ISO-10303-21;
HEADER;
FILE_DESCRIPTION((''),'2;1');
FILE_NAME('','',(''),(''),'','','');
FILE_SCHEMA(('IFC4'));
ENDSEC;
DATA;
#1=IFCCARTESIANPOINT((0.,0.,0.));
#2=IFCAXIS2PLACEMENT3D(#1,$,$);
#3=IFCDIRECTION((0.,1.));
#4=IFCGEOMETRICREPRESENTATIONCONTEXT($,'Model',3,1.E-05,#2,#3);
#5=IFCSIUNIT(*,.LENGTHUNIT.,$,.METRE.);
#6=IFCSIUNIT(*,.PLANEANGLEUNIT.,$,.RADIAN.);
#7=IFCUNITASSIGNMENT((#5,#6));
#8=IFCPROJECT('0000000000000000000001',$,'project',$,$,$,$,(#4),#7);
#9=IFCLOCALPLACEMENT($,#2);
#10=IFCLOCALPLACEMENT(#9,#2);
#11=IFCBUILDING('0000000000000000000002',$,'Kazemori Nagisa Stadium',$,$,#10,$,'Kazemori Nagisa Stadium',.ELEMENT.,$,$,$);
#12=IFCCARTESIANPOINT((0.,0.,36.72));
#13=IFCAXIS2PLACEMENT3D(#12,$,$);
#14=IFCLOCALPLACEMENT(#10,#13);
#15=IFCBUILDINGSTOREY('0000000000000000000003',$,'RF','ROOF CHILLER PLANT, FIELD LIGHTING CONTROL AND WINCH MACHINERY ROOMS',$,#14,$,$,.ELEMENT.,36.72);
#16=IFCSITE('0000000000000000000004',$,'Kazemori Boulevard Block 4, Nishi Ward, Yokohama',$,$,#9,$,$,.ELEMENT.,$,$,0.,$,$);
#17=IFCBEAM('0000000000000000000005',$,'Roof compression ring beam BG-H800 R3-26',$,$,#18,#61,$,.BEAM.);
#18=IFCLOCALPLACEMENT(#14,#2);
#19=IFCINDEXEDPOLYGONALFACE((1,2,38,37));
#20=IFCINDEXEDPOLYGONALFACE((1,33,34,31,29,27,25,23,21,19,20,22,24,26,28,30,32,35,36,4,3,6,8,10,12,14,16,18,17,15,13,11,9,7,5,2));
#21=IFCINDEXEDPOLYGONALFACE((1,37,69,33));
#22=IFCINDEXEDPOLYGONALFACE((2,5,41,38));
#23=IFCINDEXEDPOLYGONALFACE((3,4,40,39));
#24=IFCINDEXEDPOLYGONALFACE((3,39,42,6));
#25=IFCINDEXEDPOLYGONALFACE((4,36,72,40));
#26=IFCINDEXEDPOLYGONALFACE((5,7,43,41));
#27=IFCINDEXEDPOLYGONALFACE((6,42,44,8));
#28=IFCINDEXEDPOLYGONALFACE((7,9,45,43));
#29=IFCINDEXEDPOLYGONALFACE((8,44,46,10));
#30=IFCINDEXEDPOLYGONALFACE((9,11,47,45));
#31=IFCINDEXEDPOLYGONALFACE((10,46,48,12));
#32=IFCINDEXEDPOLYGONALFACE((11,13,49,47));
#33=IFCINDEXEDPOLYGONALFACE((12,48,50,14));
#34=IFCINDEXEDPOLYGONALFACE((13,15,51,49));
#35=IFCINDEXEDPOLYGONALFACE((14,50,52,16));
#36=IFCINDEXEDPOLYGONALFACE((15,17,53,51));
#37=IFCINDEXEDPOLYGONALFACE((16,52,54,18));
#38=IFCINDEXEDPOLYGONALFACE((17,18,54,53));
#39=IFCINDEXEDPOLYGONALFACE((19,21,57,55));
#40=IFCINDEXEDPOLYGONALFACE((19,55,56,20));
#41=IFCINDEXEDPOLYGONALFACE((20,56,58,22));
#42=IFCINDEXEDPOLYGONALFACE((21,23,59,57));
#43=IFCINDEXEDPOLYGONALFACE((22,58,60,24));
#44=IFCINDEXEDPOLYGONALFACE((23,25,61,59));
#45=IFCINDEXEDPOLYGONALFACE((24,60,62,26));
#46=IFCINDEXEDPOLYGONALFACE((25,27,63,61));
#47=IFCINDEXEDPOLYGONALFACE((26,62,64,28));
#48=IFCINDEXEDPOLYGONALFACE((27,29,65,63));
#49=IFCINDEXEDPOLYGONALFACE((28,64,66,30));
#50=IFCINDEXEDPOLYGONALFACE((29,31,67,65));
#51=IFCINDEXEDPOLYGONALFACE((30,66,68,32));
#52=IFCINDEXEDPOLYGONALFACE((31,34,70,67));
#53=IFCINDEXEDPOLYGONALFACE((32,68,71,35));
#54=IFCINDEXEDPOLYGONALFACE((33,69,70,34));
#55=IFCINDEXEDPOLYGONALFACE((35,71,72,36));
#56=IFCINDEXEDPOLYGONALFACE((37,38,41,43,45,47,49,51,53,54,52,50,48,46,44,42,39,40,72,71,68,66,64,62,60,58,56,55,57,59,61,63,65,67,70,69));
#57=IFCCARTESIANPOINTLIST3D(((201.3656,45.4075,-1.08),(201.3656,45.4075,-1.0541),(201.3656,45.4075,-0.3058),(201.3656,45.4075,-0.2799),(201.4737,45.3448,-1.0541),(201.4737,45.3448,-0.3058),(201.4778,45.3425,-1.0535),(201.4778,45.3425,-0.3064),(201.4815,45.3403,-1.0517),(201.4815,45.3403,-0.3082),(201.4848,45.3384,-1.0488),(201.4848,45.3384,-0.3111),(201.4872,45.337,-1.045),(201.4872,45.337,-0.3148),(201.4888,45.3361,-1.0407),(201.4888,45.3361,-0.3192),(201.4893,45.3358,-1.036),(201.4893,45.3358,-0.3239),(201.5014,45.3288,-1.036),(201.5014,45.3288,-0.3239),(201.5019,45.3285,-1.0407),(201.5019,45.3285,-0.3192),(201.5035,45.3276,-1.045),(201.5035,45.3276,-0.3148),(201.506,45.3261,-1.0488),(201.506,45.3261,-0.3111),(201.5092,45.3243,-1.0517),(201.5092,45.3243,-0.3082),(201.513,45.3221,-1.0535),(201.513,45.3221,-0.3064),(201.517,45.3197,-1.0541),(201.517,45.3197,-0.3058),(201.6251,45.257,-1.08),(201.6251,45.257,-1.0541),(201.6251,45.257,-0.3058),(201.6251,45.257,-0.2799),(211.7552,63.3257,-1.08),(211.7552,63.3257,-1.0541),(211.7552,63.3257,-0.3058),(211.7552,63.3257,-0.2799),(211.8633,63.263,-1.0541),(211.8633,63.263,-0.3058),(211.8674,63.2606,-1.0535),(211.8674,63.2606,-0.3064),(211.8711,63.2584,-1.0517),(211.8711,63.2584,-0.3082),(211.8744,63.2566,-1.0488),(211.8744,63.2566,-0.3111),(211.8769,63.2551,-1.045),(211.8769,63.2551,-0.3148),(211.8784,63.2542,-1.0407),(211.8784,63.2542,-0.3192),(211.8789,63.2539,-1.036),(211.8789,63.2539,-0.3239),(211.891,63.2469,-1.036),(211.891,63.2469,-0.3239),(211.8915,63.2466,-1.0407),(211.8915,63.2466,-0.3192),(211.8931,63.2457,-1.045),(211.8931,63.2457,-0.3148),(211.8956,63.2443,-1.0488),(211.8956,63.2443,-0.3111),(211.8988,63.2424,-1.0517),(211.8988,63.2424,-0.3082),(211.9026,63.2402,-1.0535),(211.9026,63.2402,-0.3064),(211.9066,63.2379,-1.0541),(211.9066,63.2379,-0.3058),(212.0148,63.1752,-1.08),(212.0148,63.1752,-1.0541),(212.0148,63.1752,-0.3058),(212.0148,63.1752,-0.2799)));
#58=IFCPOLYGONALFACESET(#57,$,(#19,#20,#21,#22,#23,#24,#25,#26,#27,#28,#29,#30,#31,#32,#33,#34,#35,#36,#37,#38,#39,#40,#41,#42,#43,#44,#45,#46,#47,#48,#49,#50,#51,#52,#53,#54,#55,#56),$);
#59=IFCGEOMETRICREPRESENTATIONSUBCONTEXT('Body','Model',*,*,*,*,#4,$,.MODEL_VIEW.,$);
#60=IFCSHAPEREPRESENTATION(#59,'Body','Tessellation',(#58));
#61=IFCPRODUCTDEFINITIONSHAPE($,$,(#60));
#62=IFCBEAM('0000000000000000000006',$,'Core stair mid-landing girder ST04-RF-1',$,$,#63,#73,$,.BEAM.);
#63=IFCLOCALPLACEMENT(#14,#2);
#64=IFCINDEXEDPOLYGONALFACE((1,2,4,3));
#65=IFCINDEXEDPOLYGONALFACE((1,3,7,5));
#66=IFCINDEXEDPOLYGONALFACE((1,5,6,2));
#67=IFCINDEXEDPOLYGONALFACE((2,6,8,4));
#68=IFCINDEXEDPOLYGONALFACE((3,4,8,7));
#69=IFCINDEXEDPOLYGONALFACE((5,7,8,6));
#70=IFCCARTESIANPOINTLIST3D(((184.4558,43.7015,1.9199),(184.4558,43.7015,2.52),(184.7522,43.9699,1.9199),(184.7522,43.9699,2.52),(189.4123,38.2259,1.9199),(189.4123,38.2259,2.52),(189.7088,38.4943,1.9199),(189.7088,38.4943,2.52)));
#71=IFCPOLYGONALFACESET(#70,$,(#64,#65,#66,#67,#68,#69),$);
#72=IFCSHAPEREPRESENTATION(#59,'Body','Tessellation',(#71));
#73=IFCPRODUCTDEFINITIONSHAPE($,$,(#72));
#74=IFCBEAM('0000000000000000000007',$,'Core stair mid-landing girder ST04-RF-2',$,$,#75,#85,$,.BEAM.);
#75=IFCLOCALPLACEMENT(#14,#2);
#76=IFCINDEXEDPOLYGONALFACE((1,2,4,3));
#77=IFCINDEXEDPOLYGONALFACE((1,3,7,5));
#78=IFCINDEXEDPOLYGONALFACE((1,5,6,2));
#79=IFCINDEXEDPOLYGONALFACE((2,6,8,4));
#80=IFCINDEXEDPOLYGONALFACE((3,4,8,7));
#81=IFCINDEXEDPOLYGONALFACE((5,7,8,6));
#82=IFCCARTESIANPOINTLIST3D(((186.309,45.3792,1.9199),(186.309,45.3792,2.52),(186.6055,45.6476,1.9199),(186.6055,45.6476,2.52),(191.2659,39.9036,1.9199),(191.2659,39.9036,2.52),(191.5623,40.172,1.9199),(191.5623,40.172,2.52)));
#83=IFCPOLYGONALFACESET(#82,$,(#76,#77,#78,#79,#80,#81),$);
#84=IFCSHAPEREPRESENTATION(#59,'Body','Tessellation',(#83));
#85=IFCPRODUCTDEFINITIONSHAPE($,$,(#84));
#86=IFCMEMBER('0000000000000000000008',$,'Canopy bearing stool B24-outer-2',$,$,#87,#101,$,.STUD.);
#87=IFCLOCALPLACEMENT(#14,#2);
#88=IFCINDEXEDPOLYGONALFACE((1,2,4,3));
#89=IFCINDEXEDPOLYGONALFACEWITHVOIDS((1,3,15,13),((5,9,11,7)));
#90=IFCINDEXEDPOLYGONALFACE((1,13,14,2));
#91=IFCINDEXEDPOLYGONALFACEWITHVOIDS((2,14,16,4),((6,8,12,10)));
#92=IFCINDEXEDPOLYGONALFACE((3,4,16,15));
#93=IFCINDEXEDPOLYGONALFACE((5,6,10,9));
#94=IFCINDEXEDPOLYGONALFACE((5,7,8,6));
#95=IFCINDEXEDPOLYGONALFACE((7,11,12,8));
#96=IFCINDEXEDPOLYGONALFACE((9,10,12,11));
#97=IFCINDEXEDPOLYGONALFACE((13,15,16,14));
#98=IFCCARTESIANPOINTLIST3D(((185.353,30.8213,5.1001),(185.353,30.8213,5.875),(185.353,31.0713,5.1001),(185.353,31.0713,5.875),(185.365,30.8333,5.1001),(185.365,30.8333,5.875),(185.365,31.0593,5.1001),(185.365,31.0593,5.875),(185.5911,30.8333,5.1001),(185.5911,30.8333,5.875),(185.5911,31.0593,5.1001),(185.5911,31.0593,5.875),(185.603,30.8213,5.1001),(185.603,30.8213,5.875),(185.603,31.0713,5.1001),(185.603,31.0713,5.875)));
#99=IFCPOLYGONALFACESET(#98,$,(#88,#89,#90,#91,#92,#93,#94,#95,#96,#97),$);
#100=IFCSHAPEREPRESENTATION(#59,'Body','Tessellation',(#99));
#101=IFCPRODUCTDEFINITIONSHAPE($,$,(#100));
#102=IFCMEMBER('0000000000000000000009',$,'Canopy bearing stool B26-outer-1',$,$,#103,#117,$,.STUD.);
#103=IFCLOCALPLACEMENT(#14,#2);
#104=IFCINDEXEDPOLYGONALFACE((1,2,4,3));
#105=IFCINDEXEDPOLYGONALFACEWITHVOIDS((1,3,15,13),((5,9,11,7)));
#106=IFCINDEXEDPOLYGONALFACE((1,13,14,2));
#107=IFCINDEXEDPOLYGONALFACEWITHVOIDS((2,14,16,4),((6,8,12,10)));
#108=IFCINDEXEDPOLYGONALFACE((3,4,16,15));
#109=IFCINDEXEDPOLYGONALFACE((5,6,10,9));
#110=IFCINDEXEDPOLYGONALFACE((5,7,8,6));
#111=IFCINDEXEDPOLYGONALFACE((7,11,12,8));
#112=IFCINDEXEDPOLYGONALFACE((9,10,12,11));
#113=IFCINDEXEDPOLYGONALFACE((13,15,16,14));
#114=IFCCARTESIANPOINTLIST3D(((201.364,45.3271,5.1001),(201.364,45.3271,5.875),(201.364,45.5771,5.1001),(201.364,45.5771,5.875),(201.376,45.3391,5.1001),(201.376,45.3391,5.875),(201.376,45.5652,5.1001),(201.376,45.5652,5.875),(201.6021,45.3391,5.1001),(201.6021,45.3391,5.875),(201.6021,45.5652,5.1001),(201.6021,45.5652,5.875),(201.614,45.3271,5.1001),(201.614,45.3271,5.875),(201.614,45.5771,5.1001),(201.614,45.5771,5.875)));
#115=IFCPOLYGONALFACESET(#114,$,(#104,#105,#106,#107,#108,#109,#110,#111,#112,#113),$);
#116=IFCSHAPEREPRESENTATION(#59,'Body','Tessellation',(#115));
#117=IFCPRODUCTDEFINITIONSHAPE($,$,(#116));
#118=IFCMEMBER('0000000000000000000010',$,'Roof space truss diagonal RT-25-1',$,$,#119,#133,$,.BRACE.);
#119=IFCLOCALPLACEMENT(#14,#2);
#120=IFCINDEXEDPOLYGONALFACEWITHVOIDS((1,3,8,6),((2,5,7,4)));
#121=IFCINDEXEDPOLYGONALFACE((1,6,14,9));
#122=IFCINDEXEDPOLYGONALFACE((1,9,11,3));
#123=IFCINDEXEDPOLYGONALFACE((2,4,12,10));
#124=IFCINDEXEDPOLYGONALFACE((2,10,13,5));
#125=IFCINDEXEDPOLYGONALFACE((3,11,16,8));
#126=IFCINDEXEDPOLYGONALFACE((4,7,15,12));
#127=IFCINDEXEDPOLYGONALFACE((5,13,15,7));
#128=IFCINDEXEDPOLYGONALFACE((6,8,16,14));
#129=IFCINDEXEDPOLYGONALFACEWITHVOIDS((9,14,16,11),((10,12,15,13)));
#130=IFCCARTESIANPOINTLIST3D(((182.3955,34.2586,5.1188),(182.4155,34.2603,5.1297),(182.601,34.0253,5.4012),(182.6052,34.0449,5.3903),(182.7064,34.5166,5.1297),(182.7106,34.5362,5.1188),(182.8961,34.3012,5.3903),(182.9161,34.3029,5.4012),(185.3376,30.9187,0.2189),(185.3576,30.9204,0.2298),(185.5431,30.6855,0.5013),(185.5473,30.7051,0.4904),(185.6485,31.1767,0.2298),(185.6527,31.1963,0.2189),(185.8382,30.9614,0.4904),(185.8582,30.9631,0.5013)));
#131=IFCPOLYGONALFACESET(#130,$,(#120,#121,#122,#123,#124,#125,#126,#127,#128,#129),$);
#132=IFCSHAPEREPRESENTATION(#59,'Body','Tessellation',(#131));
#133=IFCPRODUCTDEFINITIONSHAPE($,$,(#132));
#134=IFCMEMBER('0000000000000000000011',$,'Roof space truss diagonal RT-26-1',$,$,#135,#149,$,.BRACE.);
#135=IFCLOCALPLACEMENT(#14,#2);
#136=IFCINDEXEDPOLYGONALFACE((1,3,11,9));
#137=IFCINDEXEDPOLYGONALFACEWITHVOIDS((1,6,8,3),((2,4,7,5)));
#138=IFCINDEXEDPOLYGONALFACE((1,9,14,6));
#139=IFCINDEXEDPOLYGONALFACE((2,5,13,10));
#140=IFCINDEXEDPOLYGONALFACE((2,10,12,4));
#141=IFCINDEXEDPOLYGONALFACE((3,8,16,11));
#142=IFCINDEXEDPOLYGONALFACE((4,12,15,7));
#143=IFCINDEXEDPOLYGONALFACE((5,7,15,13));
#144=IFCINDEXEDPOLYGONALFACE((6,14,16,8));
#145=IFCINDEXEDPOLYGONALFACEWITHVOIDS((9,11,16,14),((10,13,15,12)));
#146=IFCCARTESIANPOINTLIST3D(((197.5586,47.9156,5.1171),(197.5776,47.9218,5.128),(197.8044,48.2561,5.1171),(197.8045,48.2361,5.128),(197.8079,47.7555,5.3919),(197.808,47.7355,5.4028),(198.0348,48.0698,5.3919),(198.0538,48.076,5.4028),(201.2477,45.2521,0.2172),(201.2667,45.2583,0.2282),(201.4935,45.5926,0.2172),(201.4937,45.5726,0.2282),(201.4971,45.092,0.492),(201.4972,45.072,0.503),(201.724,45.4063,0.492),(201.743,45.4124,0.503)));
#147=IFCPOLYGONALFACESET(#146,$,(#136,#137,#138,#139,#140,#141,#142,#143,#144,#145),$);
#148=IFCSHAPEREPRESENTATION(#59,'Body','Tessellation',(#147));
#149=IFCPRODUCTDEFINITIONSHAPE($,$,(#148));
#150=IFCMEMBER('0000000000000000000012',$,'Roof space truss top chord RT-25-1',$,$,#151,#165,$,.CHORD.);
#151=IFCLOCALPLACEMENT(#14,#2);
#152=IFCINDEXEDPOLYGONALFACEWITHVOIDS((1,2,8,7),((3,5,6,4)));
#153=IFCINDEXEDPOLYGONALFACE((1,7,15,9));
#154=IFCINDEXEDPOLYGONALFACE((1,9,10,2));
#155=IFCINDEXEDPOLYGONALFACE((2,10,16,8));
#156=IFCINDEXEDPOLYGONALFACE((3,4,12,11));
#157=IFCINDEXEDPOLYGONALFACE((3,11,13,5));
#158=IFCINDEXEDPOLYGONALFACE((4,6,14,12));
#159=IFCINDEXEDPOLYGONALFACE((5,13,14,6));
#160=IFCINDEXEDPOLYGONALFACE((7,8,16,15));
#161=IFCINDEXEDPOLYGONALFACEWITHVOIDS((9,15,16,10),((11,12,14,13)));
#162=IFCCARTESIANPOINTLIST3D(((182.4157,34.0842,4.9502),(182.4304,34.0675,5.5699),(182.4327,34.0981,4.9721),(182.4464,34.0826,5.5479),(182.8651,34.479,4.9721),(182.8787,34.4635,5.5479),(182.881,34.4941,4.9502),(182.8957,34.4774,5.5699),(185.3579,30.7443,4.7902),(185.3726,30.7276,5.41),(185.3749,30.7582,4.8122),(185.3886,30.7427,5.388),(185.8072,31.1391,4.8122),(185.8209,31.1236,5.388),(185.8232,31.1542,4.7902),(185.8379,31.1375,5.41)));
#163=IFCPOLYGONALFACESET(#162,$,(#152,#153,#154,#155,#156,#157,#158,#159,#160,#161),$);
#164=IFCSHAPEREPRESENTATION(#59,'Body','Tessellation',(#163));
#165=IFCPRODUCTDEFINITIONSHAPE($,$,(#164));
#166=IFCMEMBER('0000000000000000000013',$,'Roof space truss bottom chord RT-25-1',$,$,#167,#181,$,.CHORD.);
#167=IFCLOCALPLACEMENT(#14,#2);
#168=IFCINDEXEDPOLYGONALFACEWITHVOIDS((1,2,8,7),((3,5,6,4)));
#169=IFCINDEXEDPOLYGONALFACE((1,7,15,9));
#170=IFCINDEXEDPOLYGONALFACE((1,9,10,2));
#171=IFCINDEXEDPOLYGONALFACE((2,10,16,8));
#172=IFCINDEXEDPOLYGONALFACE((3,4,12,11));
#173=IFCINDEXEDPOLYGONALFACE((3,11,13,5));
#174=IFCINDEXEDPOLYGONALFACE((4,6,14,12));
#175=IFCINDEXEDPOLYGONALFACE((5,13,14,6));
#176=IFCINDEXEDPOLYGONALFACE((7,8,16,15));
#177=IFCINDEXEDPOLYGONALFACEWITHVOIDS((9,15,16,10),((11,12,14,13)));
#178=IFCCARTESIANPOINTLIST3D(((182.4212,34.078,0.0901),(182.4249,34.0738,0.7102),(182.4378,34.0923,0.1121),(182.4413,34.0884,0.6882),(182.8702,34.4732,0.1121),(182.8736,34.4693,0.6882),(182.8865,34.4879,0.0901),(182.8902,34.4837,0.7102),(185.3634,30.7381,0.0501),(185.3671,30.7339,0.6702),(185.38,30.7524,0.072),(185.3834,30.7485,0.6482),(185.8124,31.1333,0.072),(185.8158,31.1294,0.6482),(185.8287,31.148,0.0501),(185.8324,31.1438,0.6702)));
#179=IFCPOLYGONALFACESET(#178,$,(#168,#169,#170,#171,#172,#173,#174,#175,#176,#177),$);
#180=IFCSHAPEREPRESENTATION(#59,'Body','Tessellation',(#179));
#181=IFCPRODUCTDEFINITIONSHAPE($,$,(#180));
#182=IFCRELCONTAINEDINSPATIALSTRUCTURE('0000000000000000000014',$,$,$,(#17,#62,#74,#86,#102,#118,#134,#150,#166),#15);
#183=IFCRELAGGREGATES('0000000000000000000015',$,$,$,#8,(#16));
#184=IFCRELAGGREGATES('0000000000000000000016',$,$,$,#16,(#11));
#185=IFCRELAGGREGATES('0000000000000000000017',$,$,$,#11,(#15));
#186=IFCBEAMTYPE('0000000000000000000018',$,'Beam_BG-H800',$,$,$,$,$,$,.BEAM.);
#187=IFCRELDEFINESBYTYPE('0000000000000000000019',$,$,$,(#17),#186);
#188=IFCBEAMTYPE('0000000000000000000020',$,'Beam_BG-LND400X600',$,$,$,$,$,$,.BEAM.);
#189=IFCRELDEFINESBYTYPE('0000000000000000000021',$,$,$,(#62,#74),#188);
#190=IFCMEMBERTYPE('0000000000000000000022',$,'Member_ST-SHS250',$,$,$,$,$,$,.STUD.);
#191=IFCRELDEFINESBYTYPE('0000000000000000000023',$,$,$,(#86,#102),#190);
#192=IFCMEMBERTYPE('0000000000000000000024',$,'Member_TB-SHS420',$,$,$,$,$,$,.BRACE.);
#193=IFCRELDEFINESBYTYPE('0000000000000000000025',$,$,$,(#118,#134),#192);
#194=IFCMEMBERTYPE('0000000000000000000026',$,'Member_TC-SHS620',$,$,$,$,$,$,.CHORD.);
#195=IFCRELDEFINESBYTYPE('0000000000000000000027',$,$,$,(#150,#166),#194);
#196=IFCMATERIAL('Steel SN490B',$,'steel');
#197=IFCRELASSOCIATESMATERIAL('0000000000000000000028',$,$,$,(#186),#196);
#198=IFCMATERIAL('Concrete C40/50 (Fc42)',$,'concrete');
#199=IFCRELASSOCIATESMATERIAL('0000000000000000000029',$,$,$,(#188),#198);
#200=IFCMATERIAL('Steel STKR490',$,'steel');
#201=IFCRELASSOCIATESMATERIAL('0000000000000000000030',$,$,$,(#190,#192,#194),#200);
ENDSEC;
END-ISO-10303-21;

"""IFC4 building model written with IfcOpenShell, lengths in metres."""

from ifc_helpers import new_model, si_unit, direction, frame, origin, origin_2d, place, context, subcontext, project, spatial, rectangle, hollow_rectangle, i_section, extrude, material, material_profile, profile_set, type_object, element, save


model = new_model("IFC4")

# Units and contexts
model_context = context("Model", 3, precision=1e-05, world=origin(), true_north=direction((0.0, 1.0)))
body_context = subcontext(model_context, "Body", "Model", "MODEL_VIEW")
ifc_project = project(units=[si_unit("LENGTHUNIT", "METRE"), si_unit("PLANEANGLEUNIT", "RADIAN")], contexts=[model_context])

# Site, building, storey
site_placement = place(None, origin())
site = spatial("IfcSite", under=ifc_project, at=site_placement, Name="Kazemori Boulevard Block 4, Nishi Ward, Yokohama", CompositionType="ELEMENT", RefElevation=0.0)
building_placement = place(site_placement, origin())
building = spatial("IfcBuilding", under=site, at=building_placement, Name="Kazemori Nagisa Stadium", LongName="Kazemori Nagisa Stadium", CompositionType="ELEMENT")
storey_placement = place(building_placement, frame((0.0, 0.0, 36.72)))
storey = spatial("IfcBuildingStorey", under=building, at=storey_placement, Name="RF", Description="ROOF CHILLER PLANT, FIELD LIGHTING CONTROL AND WINCH MACHINERY ROOMS", CompositionType="ELEMENT", Elevation=36.72)

# Shared definitions
ifc_material_1 = material(Name="Steel SN490B", Category="steel")

# Beams
ifc_material_profile_1 = material_profile(ifc_material_1, i_section(OverallWidth=0.3, OverallDepth=0.8, WebThickness=0.0139, FlangeThickness=0.0259, FilletRadius=0.0181, at=origin_2d()), Name="H-800x300x14x26")
ifc_profile_set_1 = profile_set([ifc_material_profile_1], Name="Steel SN490B")
beam_type_1 = type_object("IfcBeamType", Name="Beam_BG-H800", PredefinedType="BEAM", material=ifc_profile_set_1)
beam_1_placement = place(storey_placement, frame((201.4954, 45.3323, -0.6799), z_axis=(0.501613, 0.865092, 0.0), x_axis=(-0.865092, 0.501613, 0.0)))
element("IfcBeam", 1, at=beam_1_placement, inside=storey, type_object=beam_type_1, Name="Roof compression ring beam BG-H800 R3-26", PredefinedType="BEAM", context=body_context, shape_type="SweptSolid", body=[
    extrude(i_section(OverallWidth=0.3, OverallDepth=0.8, WebThickness=0.0139, FlangeThickness=0.0259, FilletRadius=0.0181, at=origin_2d()), origin(), (0.0, 0.0, 1.0), 20.7124),
])
ifc_material_2 = material(Name="Concrete C40/50 (Fc42)", Category="concrete")
ifc_material_profile_2 = material_profile(ifc_material_2, rectangle(XDim=0.3999, YDim=0.6001, at=origin_2d()), Name="RC-BM-400x600")
ifc_profile_set_2 = profile_set([ifc_material_profile_2], Name="Concrete C40/50 (Fc42)")
beam_type_2 = type_object("IfcBeamType", Name="Beam_BG-LND400X600", PredefinedType="BEAM", material=ifc_profile_set_2)
beam_2_placement = place(storey_placement, frame((184.604, 43.8357, 2.22), z_axis=(0.671095, -0.741371, 0.0), x_axis=(0.741371, 0.671095, 0.0)))
element("IfcBeam", 2, at=beam_2_placement, inside=storey, type_object=beam_type_2, Name="Core stair mid-landing girder ST04-RF-1", PredefinedType="BEAM", context=body_context, shape_type="SweptSolid", body=[
    extrude(rectangle(XDim=0.3999, YDim=0.6001, at=origin_2d()), origin(), (0.0, 0.0, 1.0), 7.3857),
])
beam_3_placement = place(storey_placement, frame((186.4573, 45.5134, 2.22), z_axis=(0.671113, -0.741355, 0.0), x_axis=(0.741355, 0.671113, 0.0)))
element("IfcBeam", 3, at=beam_3_placement, inside=storey, type_object=beam_type_2, Name="Core stair mid-landing girder ST04-RF-2", PredefinedType="BEAM", context=body_context, shape_type="SweptSolid", body=[
    extrude(rectangle(XDim=0.3999, YDim=0.6001, at=origin_2d()), origin(), (0.0, 0.0, 1.0), 7.386),
])

# Members
ifc_material_3 = material(Name="Steel STKR490", Category="steel")
ifc_material_profile_3 = material_profile(ifc_material_3, hollow_rectangle(XDim=0.25, YDim=0.25, WallThickness=0.012, at=origin_2d()), Name="SHS-250x250x12")
ifc_profile_set_3 = profile_set([ifc_material_profile_3], Name="Steel STKR490")
member_type_1 = type_object("IfcMemberType", Name="Member_ST-SHS250", PredefinedType="STUD", material=ifc_profile_set_3)
for number, where, z_axis, x_axis, name in (
    (4, (185.478, 30.9463, 5.1001), (0.0, 0.0, 1.0), (1.0, 0.0, 0.0), "Canopy bearing stool B24-outer-2"),
    (5, (201.489, 45.4521, 5.1001), (0.0, 0.0, 1.0), (1.0, 0.0, 0.0), "Canopy bearing stool B26-outer-1"),
):
    element("IfcMember", number, at=place(storey_placement, frame(where, z_axis=z_axis, x_axis=x_axis)), inside=storey, type_object=member_type_1, Name=name, PredefinedType="STUD", context=body_context, shape_type="SweptSolid", body=[
        extrude(hollow_rectangle(XDim=0.25, YDim=0.25, WallThickness=0.012, at=origin_2d()), origin(), (0.0, 0.0, 1.0), 0.7749),
    ])
ifc_material_profile_4 = material_profile(ifc_material_3, hollow_rectangle(XDim=0.4199, YDim=0.4199, WallThickness=0.0161, at=origin_2d()), Name="SHS-420x420x16")
ifc_profile_set_4 = profile_set([ifc_material_profile_4], Name="Steel STKR490")
member_type_2 = type_object("IfcMemberType", Name="Member_TB-SHS420", PredefinedType="BRACE", material=ifc_profile_set_4)
member_1_placement = place(storey_placement, frame((185.5979, 30.9409, 0.3601), z_axis=(-0.444455, 0.504535, 0.740206), x_axis=(-0.750371, -0.661017, 0.0)))
element("IfcMember", 6, at=member_1_placement, inside=storey, type_object=member_type_2, Name="Roof space truss diagonal RT-25-1", PredefinedType="BRACE", context=body_context, shape_type="SweptSolid", body=[
    extrude(hollow_rectangle(XDim=0.4199, YDim=0.4199, WallThickness=0.0161, at=origin_2d()), origin(), (0.0, 0.0, 1.0), 6.6196),
])
member_2_placement = place(storey_placement, frame((201.4954, 45.3323, 0.3601), z_axis=(-0.551711, 0.39833, 0.732767), x_axis=(-0.585367, -0.810768, 0.0)))
element("IfcMember", 7, at=member_2_placement, inside=storey, type_object=member_type_2, Name="Roof space truss diagonal RT-26-1", PredefinedType="BRACE", context=body_context, shape_type="SweptSolid", body=[
    extrude(hollow_rectangle(XDim=0.4199, YDim=0.4199, WallThickness=0.0161, at=origin_2d()), origin(), (0.0, 0.0, 1.0), 6.6868),
])
ifc_material_profile_5 = material_profile(ifc_material_3, hollow_rectangle(XDim=0.6201, YDim=0.6201, WallThickness=0.022, at=origin_2d()), Name="SHS-620x620x22")
ifc_profile_set_5 = profile_set([ifc_material_profile_5], Name="Steel STKR490")
member_type_3 = type_object("IfcMemberType", Name="Member_TC-SHS620", PredefinedType="CHORD", material=ifc_profile_set_5)
member_3_placement = place(storey_placement, frame((185.5979, 30.9409, 5.1001), z_axis=(-0.660591, 0.749887, 0.035905), x_axis=(-0.750371, -0.661017, 0.0)))
element("IfcMember", 8, at=member_3_placement, inside=storey, type_object=member_type_3, Name="Roof space truss top chord RT-25-1", PredefinedType="CHORD", context=body_context, shape_type="SweptSolid", body=[
    extrude(hollow_rectangle(XDim=0.6201, YDim=0.6201, WallThickness=0.022, at=origin_2d()), origin(), (0.0, 0.0, 1.0), 4.4539),
])
member_4_placement = place(storey_placement, frame((185.5979, 30.9409, 0.3601), z_axis=(-0.660991, 0.75034, 0.008995), x_axis=(-0.750371, -0.661017, 0.0)))
element("IfcMember", 9, at=member_4_placement, inside=storey, type_object=member_type_3, Name="Roof space truss bottom chord RT-25-1", PredefinedType="CHORD", context=body_context, shape_type="SweptSolid", body=[
    extrude(hollow_rectangle(XDim=0.6201, YDim=0.6201, WallThickness=0.022, at=origin_2d()), origin(), (0.0, 0.0, 1.0), 4.4512),
])

save(model, "model.ifc")
